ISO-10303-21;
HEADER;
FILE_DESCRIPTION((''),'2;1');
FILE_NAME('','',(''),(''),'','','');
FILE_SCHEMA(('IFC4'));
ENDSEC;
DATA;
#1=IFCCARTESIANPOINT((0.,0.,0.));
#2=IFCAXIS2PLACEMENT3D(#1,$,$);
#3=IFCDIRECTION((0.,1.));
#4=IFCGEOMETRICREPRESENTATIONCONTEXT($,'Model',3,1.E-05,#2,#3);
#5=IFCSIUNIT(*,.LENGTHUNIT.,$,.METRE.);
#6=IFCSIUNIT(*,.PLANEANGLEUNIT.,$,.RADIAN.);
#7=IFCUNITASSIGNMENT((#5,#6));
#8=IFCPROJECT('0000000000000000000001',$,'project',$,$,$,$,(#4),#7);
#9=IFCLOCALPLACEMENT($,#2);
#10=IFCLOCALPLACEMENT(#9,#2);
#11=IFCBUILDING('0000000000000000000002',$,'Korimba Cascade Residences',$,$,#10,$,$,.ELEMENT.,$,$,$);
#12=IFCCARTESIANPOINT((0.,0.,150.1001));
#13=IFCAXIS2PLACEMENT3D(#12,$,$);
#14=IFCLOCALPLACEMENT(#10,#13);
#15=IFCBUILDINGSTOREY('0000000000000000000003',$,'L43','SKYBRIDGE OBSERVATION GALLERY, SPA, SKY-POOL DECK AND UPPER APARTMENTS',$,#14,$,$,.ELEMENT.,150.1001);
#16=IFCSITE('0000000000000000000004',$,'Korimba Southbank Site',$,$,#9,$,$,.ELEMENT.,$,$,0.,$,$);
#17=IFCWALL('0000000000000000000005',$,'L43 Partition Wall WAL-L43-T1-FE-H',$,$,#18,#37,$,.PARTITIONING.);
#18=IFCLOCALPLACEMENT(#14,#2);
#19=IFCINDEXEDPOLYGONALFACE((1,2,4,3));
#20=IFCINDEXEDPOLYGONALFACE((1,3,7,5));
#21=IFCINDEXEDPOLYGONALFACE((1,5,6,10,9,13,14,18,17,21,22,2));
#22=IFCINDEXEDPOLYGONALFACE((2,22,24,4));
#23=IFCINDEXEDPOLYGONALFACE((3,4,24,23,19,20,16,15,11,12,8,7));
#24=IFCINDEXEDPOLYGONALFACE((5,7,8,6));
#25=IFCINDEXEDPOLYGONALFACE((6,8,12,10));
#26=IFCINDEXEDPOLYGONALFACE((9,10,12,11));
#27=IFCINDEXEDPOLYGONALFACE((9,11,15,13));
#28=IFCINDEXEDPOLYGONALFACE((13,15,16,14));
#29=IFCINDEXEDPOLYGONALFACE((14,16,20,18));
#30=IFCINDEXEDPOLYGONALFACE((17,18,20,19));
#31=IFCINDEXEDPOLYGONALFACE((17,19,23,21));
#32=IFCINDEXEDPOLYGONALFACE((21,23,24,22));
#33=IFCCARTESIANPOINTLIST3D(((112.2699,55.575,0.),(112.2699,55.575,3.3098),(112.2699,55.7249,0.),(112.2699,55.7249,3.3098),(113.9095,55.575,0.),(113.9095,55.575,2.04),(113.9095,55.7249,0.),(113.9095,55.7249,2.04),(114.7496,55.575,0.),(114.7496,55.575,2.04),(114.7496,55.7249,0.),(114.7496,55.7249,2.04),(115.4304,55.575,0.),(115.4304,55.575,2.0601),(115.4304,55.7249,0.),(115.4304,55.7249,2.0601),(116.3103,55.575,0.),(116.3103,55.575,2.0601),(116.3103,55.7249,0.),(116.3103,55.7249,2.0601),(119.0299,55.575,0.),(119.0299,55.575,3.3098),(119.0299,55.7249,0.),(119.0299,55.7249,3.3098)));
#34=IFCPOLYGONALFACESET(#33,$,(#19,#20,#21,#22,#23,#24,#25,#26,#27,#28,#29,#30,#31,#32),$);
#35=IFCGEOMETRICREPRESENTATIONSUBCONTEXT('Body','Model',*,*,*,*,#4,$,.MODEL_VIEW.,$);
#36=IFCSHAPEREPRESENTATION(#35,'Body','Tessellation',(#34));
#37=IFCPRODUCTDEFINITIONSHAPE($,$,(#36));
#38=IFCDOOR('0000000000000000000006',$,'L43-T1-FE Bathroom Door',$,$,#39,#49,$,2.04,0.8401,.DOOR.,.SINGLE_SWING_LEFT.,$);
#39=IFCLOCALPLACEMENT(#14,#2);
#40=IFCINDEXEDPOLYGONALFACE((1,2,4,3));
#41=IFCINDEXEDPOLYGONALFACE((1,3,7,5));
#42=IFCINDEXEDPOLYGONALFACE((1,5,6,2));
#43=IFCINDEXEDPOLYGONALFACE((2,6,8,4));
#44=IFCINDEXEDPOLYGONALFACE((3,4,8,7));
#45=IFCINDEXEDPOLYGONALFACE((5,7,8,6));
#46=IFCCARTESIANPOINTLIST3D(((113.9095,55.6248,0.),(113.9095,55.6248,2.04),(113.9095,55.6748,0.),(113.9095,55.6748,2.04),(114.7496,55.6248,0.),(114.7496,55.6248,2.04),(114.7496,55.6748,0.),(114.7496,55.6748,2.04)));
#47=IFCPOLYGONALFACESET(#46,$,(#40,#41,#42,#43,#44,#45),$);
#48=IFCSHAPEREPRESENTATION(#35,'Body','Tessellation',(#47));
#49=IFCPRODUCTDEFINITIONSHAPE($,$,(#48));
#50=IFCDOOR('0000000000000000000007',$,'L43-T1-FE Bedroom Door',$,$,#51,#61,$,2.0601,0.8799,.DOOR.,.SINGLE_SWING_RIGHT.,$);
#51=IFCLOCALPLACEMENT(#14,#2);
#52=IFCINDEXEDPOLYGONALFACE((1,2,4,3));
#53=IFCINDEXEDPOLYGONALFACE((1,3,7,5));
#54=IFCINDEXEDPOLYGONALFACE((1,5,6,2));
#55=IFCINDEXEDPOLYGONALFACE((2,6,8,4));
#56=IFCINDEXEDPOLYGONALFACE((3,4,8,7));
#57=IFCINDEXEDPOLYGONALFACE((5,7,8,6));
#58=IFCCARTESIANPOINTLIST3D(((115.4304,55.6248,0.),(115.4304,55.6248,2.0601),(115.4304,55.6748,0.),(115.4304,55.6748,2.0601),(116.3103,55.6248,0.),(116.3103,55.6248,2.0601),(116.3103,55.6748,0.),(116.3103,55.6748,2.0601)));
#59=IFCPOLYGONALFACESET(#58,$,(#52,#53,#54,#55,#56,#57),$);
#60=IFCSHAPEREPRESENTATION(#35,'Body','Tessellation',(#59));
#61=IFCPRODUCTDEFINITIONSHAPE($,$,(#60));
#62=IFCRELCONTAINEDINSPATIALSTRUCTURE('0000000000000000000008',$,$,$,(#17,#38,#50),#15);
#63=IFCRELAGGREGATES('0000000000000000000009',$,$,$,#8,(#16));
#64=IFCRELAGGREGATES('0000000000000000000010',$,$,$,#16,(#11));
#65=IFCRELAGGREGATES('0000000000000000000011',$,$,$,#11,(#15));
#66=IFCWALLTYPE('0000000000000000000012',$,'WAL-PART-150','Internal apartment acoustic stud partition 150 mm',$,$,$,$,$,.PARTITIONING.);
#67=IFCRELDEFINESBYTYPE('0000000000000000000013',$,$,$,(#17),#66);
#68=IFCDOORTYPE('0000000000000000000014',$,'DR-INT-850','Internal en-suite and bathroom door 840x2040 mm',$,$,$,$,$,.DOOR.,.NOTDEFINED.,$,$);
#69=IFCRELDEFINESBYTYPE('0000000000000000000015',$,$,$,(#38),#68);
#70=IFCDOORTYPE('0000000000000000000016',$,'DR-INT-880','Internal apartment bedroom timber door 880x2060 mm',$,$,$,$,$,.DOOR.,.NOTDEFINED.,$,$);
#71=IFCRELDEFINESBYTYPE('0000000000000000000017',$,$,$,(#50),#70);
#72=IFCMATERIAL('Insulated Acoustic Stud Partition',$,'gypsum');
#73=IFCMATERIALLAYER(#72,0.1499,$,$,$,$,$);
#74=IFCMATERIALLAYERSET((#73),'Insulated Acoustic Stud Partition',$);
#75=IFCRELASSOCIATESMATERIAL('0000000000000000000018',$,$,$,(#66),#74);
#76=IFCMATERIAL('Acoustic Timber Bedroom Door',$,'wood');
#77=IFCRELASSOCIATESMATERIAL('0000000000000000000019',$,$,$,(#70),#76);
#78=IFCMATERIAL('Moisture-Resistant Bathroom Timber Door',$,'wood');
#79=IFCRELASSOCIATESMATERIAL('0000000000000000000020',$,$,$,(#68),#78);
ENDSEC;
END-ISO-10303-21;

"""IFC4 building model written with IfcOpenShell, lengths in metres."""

from ifc_helpers import new_model, si_unit, direction, frame, frame_2d, origin, place, context, subcontext, project, spatial, rectangle, extrude, material, layer, layer_set, type_object, element, fill, save


model = new_model("IFC4")

# Units and contexts
model_context = context("Model", 3, precision=1e-05, world=origin(), true_north=direction((0.0, 1.0)))
body_context = subcontext(model_context, "Body", "Model", "MODEL_VIEW")
ifc_project = project(units=[si_unit("LENGTHUNIT", "METRE"), si_unit("PLANEANGLEUNIT", "RADIAN")], contexts=[model_context])

# Site, building, storey
site_placement = place(None, origin())
site = spatial("IfcSite", under=ifc_project, at=site_placement, Name="Korimba Southbank Site", CompositionType="ELEMENT", RefElevation=0.0)
building_placement = place(site_placement, origin())
building = spatial("IfcBuilding", under=site, at=building_placement, Name="Korimba Cascade Residences", CompositionType="ELEMENT")
storey_placement = place(building_placement, frame((0.0, 0.0, 150.1001)))
storey = spatial("IfcBuildingStorey", under=building, at=storey_placement, Name="L43", Description="SKYBRIDGE OBSERVATION GALLERY, SPA, SKY-POOL DECK AND UPPER APARTMENTS", CompositionType="ELEMENT", Elevation=150.1001)

# Shared definitions
ifc_material_1 = material(Name="Insulated Acoustic Stud Partition", Category="gypsum")
ifc_layer_1 = layer(ifc_material_1, 0.1499)
ifc_layer_set_1 = layer_set([ifc_layer_1], Name="Insulated Acoustic Stud Partition")
wall_type_1 = type_object("IfcWallType", Name="WAL-PART-150", Description="Internal apartment acoustic stud partition 150 mm", PredefinedType="PARTITIONING", material=ifc_layer_set_1)
ifc_material_2 = material(Name="Acoustic Timber Bedroom Door", Category="wood")
door_type_1 = type_object("IfcDoorType", Name="DR-INT-880", Description="Internal apartment bedroom timber door 880x2060 mm", OperationType="NOTDEFINED", PredefinedType="DOOR", material=ifc_material_2)

# Wall, openings, doors
wall_1_placement = place(storey_placement, frame((112.27, 55.6499, 0.0), z_axis=(0.0, 0.0, 1.0), x_axis=(1.0, 0.0, 0.0)))
wall_1 = element("IfcWall", 1, at=wall_1_placement, inside=storey, type_object=wall_type_1, Name="L43 Partition Wall WAL-L43-T1-FE-H", PredefinedType="PARTITIONING", context=body_context, shape_type="SweptSolid", body=[
    extrude(rectangle(XDim=6.76, YDim=0.1499, at=frame_2d((3.3799, 0.0))), origin(), (0.0, 0.0, 1.0), 3.3098),
])
opening_1_placement = place(wall_1_placement, frame((1.6396, 0.0, 0.0)))
opening_1 = element("IfcOpeningElement", 2, at=opening_1_placement, cuts=wall_1, PredefinedType="OPENING", context=body_context, shape_type="SweptSolid", body=[
    extrude(rectangle(XDim=0.8401, YDim=2.04, at=frame_2d((0.4199, 1.02))), frame((0.0, 0.085, 0.0), z_axis=(0.0, -1.0, 0.0), x_axis=(1.0, 0.0, 0.0)), (0.0, 0.0, 1.0), 0.1699),
])
opening_2_placement = place(wall_1_placement, frame((3.1604, 0.0, 0.0)))
opening_2 = element("IfcOpeningElement", 3, at=opening_2_placement, cuts=wall_1, PredefinedType="OPENING", context=body_context, shape_type="SweptSolid", body=[
    extrude(rectangle(XDim=0.8799, YDim=2.0601, at=frame_2d((0.4399, 1.03))), frame((0.0, 0.085, 0.0), z_axis=(0.0, -1.0, 0.0), x_axis=(1.0, 0.0, 0.0)), (0.0, 0.0, 1.0), 0.1699),
])
ifc_material_3 = material(Name="Moisture-Resistant Bathroom Timber Door", Category="wood")
door_type_2 = type_object("IfcDoorType", Name="DR-INT-850", Description="Internal en-suite and bathroom door 840x2040 mm", OperationType="NOTDEFINED", PredefinedType="DOOR", material=ifc_material_3)
door_1_placement = place(opening_1_placement, origin())
door_1 = element("IfcDoor", 4, at=door_1_placement, inside=storey, type_object=door_type_2, Name="L43-T1-FE Bathroom Door", OperationType="SINGLE_SWING_LEFT", OverallHeight=2.04, OverallWidth=0.8401, PredefinedType="DOOR", context=body_context, shape_type="SweptSolid", body=[
    extrude(rectangle(XDim=0.8401, YDim=2.04, at=frame_2d((0.4199, 1.02))), frame((0.0, 0.0249, 0.0), z_axis=(0.0, -1.0, 0.0), x_axis=(1.0, 0.0, 0.0)), (0.0, 0.0, 1.0), 0.05),
])
fill(opening_1, door_1)
door_2_placement = place(opening_2_placement, origin())
door_2 = element("IfcDoor", 5, at=door_2_placement, inside=storey, type_object=door_type_1, Name="L43-T1-FE Bedroom Door", OperationType="SINGLE_SWING_RIGHT", OverallHeight=2.0601, OverallWidth=0.8799, PredefinedType="DOOR", context=body_context, shape_type="SweptSolid", body=[
    extrude(rectangle(XDim=0.8799, YDim=2.0601, at=frame_2d((0.4399, 1.03))), frame((0.0, 0.0249, 0.0), z_axis=(0.0, -1.0, 0.0), x_axis=(1.0, 0.0, 0.0)), (0.0, 0.0, 1.0), 0.05),
])
fill(opening_2, door_2)

save(model, "model.ifc")
